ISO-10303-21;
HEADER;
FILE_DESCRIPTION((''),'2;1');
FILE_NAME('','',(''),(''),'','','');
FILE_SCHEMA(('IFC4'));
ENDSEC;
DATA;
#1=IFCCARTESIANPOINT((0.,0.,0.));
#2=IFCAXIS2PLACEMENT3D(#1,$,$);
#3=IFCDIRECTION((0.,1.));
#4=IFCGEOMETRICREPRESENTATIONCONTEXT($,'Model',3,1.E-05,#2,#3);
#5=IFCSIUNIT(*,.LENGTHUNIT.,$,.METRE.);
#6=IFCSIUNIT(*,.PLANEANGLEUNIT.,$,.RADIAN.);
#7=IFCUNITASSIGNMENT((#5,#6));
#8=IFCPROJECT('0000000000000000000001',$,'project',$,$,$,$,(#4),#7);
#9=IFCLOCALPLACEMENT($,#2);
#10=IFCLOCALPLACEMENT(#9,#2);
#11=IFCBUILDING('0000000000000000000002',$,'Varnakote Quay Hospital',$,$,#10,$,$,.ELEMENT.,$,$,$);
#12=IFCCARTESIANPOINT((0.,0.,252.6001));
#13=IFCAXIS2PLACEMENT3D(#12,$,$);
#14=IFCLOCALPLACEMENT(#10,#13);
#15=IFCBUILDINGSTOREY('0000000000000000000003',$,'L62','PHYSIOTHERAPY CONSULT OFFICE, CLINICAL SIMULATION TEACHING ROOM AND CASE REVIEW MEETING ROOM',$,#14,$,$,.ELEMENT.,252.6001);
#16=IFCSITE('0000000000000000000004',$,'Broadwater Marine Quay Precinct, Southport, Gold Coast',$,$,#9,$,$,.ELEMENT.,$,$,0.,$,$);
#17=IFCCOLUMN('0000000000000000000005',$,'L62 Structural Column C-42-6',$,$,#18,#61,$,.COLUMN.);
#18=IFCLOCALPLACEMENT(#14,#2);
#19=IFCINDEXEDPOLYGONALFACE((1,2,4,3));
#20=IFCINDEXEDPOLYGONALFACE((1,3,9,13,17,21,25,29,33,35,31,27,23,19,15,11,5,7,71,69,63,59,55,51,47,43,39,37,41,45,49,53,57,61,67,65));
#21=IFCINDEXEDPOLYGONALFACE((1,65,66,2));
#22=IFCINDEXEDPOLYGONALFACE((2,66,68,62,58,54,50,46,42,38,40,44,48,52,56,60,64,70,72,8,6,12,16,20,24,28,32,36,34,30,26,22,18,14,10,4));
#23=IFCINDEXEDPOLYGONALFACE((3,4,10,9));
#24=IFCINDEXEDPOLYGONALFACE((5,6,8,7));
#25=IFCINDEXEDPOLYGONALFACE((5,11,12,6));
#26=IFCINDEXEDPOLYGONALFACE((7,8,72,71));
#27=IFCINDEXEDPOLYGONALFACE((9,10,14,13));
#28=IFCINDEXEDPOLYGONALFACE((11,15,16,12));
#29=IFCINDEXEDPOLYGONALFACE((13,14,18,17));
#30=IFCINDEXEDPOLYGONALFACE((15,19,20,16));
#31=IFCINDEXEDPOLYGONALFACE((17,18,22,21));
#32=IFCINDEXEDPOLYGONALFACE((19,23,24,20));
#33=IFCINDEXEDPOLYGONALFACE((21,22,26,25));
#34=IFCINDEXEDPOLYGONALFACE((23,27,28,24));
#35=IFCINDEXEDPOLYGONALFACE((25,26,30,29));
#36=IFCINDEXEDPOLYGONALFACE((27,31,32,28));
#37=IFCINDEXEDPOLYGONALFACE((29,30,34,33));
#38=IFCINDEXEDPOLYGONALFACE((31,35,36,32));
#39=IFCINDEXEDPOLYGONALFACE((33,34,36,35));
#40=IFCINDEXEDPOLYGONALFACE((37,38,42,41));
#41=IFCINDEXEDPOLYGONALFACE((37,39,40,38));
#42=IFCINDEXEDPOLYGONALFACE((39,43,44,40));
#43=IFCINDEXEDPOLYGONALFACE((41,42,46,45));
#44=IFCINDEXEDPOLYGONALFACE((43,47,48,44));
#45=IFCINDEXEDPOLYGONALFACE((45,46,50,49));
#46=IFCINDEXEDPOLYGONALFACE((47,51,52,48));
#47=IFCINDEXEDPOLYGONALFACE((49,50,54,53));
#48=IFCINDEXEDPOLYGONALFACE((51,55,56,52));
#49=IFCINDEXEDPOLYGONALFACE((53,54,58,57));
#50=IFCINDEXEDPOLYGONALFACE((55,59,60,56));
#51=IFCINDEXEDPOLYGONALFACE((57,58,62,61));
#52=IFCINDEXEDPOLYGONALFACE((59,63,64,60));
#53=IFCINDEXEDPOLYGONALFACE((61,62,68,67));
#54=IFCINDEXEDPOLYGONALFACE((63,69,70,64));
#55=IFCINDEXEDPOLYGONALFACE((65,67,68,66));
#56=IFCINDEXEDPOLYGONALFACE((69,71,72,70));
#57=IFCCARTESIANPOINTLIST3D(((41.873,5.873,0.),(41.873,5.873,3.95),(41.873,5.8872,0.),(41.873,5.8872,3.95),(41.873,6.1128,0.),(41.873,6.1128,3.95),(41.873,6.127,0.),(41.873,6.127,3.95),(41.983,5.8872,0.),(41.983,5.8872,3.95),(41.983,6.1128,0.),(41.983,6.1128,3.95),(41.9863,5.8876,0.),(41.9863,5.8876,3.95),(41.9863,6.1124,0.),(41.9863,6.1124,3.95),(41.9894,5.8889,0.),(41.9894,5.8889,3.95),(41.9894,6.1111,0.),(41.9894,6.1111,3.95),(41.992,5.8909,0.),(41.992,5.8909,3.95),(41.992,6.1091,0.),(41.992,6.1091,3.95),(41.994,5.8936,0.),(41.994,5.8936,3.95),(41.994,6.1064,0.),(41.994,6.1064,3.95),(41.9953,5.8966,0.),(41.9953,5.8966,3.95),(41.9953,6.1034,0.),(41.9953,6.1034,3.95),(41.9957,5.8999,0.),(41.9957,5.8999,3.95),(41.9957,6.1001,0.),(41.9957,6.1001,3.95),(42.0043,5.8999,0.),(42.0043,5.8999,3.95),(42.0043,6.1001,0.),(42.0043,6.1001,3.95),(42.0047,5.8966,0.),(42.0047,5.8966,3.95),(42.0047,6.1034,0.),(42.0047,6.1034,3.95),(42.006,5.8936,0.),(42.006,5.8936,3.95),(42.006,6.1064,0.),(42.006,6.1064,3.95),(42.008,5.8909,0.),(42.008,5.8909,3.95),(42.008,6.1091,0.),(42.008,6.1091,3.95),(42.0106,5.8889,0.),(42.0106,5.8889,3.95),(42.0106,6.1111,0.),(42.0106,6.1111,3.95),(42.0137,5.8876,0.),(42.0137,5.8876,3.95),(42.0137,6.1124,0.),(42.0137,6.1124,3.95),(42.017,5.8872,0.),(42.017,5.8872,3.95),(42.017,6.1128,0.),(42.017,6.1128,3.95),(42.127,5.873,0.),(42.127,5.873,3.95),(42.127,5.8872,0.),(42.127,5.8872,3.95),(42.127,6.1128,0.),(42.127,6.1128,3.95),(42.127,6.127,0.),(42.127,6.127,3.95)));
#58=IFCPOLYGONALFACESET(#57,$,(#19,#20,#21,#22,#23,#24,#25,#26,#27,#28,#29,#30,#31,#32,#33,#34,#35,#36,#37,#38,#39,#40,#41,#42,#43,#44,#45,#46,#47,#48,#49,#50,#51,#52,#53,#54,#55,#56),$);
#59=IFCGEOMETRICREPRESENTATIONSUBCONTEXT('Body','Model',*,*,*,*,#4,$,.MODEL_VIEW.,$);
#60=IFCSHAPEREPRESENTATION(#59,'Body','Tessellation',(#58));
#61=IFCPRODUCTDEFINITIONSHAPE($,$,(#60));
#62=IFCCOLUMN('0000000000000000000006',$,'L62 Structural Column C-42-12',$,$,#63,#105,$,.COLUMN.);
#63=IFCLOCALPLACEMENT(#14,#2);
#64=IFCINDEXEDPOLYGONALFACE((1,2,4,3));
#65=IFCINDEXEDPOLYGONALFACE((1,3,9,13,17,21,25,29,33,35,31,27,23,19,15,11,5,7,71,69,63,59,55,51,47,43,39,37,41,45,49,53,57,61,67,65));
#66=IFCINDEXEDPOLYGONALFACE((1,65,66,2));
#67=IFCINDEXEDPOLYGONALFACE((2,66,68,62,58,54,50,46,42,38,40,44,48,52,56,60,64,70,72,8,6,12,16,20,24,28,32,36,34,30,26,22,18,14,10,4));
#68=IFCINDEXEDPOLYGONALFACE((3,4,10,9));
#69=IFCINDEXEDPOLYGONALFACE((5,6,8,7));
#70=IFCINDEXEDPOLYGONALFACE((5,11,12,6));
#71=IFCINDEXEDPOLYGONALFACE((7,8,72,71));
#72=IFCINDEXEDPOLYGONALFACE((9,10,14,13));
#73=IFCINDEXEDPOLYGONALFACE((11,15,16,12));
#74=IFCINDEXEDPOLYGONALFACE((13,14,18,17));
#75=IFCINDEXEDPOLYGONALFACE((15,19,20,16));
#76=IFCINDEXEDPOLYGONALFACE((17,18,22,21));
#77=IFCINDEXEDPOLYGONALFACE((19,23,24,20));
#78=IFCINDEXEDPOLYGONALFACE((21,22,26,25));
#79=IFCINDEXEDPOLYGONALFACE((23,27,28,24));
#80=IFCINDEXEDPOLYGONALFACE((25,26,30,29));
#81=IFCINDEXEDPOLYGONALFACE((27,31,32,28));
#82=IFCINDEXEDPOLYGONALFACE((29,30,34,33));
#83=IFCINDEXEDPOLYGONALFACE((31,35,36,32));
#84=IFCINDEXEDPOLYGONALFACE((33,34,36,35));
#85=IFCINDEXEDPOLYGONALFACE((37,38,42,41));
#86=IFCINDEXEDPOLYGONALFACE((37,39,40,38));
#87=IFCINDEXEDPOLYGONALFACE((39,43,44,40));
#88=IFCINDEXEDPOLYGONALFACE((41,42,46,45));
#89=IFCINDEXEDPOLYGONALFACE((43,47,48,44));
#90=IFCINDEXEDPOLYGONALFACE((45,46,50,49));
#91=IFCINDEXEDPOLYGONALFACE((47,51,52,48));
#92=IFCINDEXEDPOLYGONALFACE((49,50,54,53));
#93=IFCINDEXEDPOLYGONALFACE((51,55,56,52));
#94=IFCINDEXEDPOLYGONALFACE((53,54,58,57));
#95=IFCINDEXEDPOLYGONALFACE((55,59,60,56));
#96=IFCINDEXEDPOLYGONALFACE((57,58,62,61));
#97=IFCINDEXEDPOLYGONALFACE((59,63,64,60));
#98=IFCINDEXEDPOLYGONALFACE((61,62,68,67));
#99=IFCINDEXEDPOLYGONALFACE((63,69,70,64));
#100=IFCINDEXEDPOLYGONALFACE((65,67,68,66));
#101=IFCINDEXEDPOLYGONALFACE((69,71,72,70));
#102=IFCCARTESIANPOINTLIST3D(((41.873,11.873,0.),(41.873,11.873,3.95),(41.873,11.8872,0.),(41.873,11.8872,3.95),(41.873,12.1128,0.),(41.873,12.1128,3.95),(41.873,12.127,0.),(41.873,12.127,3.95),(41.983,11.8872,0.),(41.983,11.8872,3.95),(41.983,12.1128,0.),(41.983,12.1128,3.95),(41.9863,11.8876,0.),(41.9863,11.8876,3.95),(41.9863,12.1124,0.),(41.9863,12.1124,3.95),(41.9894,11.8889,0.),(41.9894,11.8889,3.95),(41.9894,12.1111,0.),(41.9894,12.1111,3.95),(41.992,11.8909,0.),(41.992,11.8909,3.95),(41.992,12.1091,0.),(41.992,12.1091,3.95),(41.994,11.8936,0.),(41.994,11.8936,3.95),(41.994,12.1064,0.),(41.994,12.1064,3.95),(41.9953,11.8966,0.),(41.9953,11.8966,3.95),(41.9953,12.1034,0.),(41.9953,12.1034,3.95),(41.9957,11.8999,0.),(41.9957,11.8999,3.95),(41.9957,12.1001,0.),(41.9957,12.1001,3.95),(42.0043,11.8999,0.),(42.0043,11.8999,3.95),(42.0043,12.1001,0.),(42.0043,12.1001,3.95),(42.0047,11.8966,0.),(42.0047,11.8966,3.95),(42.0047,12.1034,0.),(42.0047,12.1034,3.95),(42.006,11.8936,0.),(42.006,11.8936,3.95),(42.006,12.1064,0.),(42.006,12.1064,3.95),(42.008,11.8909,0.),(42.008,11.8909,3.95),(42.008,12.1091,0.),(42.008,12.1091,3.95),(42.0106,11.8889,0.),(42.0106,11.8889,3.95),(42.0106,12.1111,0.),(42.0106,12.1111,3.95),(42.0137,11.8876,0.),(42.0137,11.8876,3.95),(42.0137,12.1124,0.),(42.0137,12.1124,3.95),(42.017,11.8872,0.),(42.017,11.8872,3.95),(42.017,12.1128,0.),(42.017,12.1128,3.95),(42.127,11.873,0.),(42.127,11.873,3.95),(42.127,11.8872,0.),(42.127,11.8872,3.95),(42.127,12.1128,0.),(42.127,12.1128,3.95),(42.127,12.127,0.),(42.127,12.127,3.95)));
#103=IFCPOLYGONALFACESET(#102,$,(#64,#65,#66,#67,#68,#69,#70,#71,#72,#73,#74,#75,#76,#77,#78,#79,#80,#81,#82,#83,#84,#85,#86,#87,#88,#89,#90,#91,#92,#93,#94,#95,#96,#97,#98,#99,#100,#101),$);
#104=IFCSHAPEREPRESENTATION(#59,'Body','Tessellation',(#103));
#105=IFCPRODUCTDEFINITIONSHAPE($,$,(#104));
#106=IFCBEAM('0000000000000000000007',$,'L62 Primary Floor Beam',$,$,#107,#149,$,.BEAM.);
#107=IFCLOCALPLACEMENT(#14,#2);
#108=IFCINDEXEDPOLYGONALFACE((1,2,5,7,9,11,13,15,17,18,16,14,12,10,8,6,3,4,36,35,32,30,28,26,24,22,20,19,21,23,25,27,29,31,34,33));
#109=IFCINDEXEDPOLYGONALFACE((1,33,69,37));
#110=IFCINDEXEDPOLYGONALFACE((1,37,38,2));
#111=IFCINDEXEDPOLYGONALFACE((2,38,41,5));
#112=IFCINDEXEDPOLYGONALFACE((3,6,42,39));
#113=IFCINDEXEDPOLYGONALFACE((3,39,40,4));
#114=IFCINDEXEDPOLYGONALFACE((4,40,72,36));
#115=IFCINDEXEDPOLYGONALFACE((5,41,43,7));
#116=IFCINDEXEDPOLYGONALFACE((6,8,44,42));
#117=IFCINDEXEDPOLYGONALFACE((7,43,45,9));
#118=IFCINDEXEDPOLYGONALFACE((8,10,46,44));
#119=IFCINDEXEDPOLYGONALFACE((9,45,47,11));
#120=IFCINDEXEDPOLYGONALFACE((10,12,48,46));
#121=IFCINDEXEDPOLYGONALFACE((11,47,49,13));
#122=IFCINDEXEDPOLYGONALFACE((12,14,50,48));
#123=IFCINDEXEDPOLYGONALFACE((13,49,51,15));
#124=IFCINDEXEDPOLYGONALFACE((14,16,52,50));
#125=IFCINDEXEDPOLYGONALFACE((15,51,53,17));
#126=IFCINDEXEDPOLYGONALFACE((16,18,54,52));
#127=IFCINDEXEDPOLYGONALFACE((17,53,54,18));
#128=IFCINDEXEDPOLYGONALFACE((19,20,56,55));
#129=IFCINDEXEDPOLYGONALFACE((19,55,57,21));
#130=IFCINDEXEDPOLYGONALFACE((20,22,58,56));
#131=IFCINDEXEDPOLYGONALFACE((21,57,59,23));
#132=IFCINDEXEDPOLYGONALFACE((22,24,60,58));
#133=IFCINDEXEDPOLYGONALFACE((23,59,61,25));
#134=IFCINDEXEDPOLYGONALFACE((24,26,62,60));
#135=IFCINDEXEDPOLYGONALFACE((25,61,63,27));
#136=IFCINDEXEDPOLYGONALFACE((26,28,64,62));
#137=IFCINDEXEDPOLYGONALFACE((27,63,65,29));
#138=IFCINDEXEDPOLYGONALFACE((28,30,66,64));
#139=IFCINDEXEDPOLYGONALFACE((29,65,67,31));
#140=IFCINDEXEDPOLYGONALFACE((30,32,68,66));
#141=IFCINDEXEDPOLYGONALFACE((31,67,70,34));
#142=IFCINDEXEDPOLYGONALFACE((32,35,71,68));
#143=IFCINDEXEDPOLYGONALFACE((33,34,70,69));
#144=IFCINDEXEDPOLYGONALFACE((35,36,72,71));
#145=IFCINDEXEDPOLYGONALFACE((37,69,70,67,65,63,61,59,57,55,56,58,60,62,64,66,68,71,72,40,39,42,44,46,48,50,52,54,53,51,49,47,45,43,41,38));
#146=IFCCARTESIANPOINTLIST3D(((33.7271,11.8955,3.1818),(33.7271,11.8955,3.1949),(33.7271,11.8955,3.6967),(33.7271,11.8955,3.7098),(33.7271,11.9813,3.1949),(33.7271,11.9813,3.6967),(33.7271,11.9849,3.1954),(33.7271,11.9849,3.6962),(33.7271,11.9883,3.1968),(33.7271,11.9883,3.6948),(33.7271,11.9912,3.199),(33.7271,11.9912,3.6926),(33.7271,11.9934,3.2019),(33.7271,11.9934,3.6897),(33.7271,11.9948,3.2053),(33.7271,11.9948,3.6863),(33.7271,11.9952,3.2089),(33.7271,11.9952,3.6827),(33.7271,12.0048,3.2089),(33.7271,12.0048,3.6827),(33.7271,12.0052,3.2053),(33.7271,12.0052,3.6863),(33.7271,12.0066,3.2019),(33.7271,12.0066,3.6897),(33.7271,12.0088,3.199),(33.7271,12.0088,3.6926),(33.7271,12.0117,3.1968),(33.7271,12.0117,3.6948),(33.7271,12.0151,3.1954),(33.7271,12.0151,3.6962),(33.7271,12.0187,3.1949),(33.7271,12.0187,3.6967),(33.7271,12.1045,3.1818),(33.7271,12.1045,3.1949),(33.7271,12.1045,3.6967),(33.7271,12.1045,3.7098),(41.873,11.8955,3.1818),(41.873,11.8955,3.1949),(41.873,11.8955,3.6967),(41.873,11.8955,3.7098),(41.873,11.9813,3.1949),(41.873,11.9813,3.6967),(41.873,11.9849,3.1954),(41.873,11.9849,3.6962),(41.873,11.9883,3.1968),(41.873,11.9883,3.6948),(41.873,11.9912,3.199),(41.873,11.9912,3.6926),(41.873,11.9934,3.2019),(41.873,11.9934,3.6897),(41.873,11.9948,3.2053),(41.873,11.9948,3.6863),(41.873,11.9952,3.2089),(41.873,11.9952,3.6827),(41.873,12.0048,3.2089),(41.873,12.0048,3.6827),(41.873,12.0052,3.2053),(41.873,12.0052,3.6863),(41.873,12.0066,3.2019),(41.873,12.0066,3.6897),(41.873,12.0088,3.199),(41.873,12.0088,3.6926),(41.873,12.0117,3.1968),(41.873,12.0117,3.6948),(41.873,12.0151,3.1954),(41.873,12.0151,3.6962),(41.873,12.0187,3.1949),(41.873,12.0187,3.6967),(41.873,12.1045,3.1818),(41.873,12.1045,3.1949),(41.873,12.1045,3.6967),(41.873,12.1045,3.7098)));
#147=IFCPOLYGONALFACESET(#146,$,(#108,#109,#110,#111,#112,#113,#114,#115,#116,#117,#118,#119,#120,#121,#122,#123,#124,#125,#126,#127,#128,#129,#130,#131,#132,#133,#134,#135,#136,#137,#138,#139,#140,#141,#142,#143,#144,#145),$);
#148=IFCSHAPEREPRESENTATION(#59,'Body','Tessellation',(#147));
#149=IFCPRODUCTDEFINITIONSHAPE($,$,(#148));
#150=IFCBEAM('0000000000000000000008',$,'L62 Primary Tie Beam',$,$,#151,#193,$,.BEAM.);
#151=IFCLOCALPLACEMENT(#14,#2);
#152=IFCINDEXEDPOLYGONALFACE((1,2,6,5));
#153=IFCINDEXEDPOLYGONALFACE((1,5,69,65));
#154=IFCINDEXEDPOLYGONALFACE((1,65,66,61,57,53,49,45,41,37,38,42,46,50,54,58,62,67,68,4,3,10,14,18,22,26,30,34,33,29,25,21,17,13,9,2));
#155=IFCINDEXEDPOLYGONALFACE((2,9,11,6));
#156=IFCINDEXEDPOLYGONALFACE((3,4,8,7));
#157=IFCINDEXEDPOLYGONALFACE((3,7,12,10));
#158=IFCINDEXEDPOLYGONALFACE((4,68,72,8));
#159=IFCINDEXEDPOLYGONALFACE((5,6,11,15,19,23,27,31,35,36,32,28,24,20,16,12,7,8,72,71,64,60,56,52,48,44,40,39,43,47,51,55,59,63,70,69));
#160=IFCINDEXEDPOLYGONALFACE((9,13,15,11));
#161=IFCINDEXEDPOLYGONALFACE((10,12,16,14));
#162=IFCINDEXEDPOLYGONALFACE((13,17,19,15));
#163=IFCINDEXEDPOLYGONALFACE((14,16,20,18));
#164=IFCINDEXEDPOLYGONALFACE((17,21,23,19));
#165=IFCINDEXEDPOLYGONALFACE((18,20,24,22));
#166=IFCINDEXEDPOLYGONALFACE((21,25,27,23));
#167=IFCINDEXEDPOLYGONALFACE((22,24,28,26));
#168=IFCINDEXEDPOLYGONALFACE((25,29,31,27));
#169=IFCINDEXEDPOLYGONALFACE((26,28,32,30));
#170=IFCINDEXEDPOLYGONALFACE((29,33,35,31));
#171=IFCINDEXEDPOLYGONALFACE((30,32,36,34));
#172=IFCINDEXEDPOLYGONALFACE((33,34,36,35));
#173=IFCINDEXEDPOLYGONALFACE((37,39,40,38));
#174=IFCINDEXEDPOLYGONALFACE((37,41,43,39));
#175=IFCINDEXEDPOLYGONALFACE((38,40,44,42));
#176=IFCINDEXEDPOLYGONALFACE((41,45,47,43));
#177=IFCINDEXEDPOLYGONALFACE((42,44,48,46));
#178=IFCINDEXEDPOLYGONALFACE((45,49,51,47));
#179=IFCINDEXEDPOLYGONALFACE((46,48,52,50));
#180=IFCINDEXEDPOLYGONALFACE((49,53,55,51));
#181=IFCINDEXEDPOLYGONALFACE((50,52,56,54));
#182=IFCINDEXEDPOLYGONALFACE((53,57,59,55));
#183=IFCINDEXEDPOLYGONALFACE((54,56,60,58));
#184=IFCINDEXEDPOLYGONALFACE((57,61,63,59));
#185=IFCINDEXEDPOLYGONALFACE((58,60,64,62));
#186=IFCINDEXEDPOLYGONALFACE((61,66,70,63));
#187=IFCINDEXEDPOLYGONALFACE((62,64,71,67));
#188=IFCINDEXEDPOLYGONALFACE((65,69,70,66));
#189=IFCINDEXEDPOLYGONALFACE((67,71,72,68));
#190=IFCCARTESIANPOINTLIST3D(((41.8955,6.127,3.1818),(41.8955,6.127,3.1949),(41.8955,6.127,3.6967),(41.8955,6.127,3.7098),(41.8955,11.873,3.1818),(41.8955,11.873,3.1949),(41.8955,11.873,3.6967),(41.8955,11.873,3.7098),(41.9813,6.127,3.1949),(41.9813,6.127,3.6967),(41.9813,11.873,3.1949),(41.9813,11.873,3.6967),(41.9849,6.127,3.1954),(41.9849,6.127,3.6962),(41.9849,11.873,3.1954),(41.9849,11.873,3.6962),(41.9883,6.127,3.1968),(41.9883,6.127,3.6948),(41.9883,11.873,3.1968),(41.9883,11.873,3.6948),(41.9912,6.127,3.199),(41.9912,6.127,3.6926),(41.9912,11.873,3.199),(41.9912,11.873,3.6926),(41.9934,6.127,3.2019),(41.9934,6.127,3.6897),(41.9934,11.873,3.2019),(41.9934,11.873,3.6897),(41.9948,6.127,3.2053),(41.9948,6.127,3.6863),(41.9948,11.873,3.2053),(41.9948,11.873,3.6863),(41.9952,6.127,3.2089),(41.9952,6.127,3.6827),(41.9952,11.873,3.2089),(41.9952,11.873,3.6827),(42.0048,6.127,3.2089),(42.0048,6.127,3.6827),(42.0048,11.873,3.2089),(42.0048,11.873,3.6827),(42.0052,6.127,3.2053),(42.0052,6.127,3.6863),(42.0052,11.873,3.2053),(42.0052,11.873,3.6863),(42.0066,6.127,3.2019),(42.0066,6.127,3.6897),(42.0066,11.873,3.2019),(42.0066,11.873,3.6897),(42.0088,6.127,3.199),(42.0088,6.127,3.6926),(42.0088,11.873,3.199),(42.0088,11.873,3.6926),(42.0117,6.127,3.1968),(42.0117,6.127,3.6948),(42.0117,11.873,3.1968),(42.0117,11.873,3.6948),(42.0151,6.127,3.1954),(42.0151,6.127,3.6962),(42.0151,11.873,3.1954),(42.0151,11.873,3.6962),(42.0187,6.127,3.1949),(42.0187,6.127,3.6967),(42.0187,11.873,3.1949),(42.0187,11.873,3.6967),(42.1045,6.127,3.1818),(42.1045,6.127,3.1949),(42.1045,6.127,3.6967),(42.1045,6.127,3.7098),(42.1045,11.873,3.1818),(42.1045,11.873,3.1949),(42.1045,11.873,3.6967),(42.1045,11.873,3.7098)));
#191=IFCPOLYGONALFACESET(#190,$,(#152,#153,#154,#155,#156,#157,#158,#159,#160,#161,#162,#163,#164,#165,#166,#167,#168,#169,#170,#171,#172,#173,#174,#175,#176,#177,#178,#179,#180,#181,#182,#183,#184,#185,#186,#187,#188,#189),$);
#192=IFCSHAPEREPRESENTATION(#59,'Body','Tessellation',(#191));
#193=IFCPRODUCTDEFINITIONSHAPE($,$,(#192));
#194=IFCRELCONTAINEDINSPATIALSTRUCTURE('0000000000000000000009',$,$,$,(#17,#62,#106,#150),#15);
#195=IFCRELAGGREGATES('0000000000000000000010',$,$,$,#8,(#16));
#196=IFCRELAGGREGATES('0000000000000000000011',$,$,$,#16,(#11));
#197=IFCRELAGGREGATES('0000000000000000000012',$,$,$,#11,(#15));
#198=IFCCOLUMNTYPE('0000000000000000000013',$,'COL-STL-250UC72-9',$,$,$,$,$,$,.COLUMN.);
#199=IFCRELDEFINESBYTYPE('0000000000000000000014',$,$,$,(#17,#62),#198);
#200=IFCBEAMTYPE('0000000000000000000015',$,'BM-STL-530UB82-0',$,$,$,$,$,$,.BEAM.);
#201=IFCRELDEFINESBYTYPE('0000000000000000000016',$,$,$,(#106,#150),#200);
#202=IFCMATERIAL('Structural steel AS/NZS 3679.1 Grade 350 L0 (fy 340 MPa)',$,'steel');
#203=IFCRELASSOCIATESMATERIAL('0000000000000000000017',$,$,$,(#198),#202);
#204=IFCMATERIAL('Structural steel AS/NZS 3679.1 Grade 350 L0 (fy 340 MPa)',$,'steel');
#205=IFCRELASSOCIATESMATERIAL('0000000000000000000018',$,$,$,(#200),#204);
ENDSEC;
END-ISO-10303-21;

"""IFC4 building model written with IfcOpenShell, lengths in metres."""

from ifc_helpers import new_model, si_unit, direction, frame, origin, origin_2d, place, context, subcontext, project, spatial, i_section, extrude, material, material_profile, profile_set, type_object, element, save


model = new_model("IFC4")

# Units and contexts
model_context = context("Model", 3, precision=1e-05, world=origin(), true_north=direction((0.0, 1.0)))
body_context = subcontext(model_context, "Body", "Model", "MODEL_VIEW")
ifc_project = project(units=[si_unit("LENGTHUNIT", "METRE"), si_unit("PLANEANGLEUNIT", "RADIAN")], contexts=[model_context])

# Site, building, storey
site_placement = place(None, origin())
site = spatial("IfcSite", under=ifc_project, at=site_placement, Name="Broadwater Marine Quay Precinct, Southport, Gold Coast", CompositionType="ELEMENT", RefElevation=0.0)
building_placement = place(site_placement, origin())
building = spatial("IfcBuilding", under=site, at=building_placement, Name="Varnakote Quay Hospital", CompositionType="ELEMENT")
storey_placement = place(building_placement, frame((0.0, 0.0, 252.6001)))
storey = spatial("IfcBuildingStorey", under=building, at=storey_placement, Name="L62", Description="PHYSIOTHERAPY CONSULT OFFICE, CLINICAL SIMULATION TEACHING ROOM AND CASE REVIEW MEETING ROOM", CompositionType="ELEMENT", Elevation=252.6001)

# Columns
ifc_material_1 = material(Name="Structural steel AS/NZS 3679.1 Grade 350 L0 (fy 340 MPa)", Category="steel")
ifc_material_profile_1 = material_profile(ifc_material_1, i_section(OverallWidth=0.2539, OverallDepth=0.2539, WebThickness=0.0085, FlangeThickness=0.0142, FilletRadius=0.0127, at=origin_2d()), Name="250UC72.9")
ifc_profile_set_1 = profile_set([ifc_material_profile_1], Name="Structural steel AS/NZS 3679.1 Grade 350 L0 (fy 340 MPa)")
column_type = type_object("IfcColumnType", Name="COL-STL-250UC72-9", PredefinedType="COLUMN", material=ifc_profile_set_1)
for number, where, z_axis, x_axis, name in (
    (1, (42.0, 6.0, 0.0), (0.0, 0.0, 1.0), (1.0, 0.0, 0.0), "L62 Structural Column C-42-6"),
    (2, (42.0, 12.0, 0.0), (0.0, 0.0, 1.0), (1.0, 0.0, 0.0), "L62 Structural Column C-42-12"),
):
    element("IfcColumn", number, at=place(storey_placement, frame(where, z_axis=z_axis, x_axis=x_axis)), inside=storey, type_object=column_type, Name=name, PredefinedType="COLUMN", context=body_context, shape_type="SweptSolid", body=[
        extrude(i_section(OverallWidth=0.2539, OverallDepth=0.2539, WebThickness=0.0085, FlangeThickness=0.0142, FilletRadius=0.0127, at=origin_2d()), origin(), (0.0, 0.0, 1.0), 3.95),
    ])

# Beams
ifc_material_2 = material(Name="Structural steel AS/NZS 3679.1 Grade 350 L0 (fy 340 MPa)", Category="steel")
ifc_material_profile_2 = material_profile(ifc_material_2, i_section(OverallWidth=0.209, OverallDepth=0.5281, WebThickness=0.0095, FlangeThickness=0.0132, FilletRadius=0.0139, at=origin_2d()), Name="530UB82.0")
ifc_profile_set_2 = profile_set([ifc_material_profile_2], Name="Structural steel AS/NZS 3679.1 Grade 350 L0 (fy 340 MPa)")
beam_type_1 = type_object("IfcBeamType", Name="BM-STL-530UB82-0", PredefinedType="BEAM", material=ifc_profile_set_2)
beam_1_placement = place(storey_placement, frame((33.7271, 12.0, 3.4458), z_axis=(1.0, 0.0, 0.0), x_axis=(0.0, 1.0, 0.0)))
element("IfcBeam", 3, at=beam_1_placement, inside=storey, type_object=beam_type_1, Name="L62 Primary Floor Beam", PredefinedType="BEAM", context=body_context, shape_type="SweptSolid", body=[
    extrude(i_section(OverallWidth=0.209, OverallDepth=0.5281, WebThickness=0.0095, FlangeThickness=0.0132, FilletRadius=0.0139, at=origin_2d()), origin(), (0.0, 0.0, 1.0), 8.146),
])
beam_2_placement = place(storey_placement, frame((42.0, 6.127, 3.4458), z_axis=(0.0, 1.0, 0.0), x_axis=(-1.0, 0.0, 0.0)))
element("IfcBeam", 4, at=beam_2_placement, inside=storey, type_object=beam_type_1, Name="L62 Primary Tie Beam", PredefinedType="BEAM", context=body_context, shape_type="SweptSolid", body=[
    extrude(i_section(OverallWidth=0.209, OverallDepth=0.5281, WebThickness=0.0095, FlangeThickness=0.0132, FilletRadius=0.0139, at=origin_2d()), origin(), (0.0, 0.0, 1.0), 5.7461),
])

save(model, "model.ifc")
